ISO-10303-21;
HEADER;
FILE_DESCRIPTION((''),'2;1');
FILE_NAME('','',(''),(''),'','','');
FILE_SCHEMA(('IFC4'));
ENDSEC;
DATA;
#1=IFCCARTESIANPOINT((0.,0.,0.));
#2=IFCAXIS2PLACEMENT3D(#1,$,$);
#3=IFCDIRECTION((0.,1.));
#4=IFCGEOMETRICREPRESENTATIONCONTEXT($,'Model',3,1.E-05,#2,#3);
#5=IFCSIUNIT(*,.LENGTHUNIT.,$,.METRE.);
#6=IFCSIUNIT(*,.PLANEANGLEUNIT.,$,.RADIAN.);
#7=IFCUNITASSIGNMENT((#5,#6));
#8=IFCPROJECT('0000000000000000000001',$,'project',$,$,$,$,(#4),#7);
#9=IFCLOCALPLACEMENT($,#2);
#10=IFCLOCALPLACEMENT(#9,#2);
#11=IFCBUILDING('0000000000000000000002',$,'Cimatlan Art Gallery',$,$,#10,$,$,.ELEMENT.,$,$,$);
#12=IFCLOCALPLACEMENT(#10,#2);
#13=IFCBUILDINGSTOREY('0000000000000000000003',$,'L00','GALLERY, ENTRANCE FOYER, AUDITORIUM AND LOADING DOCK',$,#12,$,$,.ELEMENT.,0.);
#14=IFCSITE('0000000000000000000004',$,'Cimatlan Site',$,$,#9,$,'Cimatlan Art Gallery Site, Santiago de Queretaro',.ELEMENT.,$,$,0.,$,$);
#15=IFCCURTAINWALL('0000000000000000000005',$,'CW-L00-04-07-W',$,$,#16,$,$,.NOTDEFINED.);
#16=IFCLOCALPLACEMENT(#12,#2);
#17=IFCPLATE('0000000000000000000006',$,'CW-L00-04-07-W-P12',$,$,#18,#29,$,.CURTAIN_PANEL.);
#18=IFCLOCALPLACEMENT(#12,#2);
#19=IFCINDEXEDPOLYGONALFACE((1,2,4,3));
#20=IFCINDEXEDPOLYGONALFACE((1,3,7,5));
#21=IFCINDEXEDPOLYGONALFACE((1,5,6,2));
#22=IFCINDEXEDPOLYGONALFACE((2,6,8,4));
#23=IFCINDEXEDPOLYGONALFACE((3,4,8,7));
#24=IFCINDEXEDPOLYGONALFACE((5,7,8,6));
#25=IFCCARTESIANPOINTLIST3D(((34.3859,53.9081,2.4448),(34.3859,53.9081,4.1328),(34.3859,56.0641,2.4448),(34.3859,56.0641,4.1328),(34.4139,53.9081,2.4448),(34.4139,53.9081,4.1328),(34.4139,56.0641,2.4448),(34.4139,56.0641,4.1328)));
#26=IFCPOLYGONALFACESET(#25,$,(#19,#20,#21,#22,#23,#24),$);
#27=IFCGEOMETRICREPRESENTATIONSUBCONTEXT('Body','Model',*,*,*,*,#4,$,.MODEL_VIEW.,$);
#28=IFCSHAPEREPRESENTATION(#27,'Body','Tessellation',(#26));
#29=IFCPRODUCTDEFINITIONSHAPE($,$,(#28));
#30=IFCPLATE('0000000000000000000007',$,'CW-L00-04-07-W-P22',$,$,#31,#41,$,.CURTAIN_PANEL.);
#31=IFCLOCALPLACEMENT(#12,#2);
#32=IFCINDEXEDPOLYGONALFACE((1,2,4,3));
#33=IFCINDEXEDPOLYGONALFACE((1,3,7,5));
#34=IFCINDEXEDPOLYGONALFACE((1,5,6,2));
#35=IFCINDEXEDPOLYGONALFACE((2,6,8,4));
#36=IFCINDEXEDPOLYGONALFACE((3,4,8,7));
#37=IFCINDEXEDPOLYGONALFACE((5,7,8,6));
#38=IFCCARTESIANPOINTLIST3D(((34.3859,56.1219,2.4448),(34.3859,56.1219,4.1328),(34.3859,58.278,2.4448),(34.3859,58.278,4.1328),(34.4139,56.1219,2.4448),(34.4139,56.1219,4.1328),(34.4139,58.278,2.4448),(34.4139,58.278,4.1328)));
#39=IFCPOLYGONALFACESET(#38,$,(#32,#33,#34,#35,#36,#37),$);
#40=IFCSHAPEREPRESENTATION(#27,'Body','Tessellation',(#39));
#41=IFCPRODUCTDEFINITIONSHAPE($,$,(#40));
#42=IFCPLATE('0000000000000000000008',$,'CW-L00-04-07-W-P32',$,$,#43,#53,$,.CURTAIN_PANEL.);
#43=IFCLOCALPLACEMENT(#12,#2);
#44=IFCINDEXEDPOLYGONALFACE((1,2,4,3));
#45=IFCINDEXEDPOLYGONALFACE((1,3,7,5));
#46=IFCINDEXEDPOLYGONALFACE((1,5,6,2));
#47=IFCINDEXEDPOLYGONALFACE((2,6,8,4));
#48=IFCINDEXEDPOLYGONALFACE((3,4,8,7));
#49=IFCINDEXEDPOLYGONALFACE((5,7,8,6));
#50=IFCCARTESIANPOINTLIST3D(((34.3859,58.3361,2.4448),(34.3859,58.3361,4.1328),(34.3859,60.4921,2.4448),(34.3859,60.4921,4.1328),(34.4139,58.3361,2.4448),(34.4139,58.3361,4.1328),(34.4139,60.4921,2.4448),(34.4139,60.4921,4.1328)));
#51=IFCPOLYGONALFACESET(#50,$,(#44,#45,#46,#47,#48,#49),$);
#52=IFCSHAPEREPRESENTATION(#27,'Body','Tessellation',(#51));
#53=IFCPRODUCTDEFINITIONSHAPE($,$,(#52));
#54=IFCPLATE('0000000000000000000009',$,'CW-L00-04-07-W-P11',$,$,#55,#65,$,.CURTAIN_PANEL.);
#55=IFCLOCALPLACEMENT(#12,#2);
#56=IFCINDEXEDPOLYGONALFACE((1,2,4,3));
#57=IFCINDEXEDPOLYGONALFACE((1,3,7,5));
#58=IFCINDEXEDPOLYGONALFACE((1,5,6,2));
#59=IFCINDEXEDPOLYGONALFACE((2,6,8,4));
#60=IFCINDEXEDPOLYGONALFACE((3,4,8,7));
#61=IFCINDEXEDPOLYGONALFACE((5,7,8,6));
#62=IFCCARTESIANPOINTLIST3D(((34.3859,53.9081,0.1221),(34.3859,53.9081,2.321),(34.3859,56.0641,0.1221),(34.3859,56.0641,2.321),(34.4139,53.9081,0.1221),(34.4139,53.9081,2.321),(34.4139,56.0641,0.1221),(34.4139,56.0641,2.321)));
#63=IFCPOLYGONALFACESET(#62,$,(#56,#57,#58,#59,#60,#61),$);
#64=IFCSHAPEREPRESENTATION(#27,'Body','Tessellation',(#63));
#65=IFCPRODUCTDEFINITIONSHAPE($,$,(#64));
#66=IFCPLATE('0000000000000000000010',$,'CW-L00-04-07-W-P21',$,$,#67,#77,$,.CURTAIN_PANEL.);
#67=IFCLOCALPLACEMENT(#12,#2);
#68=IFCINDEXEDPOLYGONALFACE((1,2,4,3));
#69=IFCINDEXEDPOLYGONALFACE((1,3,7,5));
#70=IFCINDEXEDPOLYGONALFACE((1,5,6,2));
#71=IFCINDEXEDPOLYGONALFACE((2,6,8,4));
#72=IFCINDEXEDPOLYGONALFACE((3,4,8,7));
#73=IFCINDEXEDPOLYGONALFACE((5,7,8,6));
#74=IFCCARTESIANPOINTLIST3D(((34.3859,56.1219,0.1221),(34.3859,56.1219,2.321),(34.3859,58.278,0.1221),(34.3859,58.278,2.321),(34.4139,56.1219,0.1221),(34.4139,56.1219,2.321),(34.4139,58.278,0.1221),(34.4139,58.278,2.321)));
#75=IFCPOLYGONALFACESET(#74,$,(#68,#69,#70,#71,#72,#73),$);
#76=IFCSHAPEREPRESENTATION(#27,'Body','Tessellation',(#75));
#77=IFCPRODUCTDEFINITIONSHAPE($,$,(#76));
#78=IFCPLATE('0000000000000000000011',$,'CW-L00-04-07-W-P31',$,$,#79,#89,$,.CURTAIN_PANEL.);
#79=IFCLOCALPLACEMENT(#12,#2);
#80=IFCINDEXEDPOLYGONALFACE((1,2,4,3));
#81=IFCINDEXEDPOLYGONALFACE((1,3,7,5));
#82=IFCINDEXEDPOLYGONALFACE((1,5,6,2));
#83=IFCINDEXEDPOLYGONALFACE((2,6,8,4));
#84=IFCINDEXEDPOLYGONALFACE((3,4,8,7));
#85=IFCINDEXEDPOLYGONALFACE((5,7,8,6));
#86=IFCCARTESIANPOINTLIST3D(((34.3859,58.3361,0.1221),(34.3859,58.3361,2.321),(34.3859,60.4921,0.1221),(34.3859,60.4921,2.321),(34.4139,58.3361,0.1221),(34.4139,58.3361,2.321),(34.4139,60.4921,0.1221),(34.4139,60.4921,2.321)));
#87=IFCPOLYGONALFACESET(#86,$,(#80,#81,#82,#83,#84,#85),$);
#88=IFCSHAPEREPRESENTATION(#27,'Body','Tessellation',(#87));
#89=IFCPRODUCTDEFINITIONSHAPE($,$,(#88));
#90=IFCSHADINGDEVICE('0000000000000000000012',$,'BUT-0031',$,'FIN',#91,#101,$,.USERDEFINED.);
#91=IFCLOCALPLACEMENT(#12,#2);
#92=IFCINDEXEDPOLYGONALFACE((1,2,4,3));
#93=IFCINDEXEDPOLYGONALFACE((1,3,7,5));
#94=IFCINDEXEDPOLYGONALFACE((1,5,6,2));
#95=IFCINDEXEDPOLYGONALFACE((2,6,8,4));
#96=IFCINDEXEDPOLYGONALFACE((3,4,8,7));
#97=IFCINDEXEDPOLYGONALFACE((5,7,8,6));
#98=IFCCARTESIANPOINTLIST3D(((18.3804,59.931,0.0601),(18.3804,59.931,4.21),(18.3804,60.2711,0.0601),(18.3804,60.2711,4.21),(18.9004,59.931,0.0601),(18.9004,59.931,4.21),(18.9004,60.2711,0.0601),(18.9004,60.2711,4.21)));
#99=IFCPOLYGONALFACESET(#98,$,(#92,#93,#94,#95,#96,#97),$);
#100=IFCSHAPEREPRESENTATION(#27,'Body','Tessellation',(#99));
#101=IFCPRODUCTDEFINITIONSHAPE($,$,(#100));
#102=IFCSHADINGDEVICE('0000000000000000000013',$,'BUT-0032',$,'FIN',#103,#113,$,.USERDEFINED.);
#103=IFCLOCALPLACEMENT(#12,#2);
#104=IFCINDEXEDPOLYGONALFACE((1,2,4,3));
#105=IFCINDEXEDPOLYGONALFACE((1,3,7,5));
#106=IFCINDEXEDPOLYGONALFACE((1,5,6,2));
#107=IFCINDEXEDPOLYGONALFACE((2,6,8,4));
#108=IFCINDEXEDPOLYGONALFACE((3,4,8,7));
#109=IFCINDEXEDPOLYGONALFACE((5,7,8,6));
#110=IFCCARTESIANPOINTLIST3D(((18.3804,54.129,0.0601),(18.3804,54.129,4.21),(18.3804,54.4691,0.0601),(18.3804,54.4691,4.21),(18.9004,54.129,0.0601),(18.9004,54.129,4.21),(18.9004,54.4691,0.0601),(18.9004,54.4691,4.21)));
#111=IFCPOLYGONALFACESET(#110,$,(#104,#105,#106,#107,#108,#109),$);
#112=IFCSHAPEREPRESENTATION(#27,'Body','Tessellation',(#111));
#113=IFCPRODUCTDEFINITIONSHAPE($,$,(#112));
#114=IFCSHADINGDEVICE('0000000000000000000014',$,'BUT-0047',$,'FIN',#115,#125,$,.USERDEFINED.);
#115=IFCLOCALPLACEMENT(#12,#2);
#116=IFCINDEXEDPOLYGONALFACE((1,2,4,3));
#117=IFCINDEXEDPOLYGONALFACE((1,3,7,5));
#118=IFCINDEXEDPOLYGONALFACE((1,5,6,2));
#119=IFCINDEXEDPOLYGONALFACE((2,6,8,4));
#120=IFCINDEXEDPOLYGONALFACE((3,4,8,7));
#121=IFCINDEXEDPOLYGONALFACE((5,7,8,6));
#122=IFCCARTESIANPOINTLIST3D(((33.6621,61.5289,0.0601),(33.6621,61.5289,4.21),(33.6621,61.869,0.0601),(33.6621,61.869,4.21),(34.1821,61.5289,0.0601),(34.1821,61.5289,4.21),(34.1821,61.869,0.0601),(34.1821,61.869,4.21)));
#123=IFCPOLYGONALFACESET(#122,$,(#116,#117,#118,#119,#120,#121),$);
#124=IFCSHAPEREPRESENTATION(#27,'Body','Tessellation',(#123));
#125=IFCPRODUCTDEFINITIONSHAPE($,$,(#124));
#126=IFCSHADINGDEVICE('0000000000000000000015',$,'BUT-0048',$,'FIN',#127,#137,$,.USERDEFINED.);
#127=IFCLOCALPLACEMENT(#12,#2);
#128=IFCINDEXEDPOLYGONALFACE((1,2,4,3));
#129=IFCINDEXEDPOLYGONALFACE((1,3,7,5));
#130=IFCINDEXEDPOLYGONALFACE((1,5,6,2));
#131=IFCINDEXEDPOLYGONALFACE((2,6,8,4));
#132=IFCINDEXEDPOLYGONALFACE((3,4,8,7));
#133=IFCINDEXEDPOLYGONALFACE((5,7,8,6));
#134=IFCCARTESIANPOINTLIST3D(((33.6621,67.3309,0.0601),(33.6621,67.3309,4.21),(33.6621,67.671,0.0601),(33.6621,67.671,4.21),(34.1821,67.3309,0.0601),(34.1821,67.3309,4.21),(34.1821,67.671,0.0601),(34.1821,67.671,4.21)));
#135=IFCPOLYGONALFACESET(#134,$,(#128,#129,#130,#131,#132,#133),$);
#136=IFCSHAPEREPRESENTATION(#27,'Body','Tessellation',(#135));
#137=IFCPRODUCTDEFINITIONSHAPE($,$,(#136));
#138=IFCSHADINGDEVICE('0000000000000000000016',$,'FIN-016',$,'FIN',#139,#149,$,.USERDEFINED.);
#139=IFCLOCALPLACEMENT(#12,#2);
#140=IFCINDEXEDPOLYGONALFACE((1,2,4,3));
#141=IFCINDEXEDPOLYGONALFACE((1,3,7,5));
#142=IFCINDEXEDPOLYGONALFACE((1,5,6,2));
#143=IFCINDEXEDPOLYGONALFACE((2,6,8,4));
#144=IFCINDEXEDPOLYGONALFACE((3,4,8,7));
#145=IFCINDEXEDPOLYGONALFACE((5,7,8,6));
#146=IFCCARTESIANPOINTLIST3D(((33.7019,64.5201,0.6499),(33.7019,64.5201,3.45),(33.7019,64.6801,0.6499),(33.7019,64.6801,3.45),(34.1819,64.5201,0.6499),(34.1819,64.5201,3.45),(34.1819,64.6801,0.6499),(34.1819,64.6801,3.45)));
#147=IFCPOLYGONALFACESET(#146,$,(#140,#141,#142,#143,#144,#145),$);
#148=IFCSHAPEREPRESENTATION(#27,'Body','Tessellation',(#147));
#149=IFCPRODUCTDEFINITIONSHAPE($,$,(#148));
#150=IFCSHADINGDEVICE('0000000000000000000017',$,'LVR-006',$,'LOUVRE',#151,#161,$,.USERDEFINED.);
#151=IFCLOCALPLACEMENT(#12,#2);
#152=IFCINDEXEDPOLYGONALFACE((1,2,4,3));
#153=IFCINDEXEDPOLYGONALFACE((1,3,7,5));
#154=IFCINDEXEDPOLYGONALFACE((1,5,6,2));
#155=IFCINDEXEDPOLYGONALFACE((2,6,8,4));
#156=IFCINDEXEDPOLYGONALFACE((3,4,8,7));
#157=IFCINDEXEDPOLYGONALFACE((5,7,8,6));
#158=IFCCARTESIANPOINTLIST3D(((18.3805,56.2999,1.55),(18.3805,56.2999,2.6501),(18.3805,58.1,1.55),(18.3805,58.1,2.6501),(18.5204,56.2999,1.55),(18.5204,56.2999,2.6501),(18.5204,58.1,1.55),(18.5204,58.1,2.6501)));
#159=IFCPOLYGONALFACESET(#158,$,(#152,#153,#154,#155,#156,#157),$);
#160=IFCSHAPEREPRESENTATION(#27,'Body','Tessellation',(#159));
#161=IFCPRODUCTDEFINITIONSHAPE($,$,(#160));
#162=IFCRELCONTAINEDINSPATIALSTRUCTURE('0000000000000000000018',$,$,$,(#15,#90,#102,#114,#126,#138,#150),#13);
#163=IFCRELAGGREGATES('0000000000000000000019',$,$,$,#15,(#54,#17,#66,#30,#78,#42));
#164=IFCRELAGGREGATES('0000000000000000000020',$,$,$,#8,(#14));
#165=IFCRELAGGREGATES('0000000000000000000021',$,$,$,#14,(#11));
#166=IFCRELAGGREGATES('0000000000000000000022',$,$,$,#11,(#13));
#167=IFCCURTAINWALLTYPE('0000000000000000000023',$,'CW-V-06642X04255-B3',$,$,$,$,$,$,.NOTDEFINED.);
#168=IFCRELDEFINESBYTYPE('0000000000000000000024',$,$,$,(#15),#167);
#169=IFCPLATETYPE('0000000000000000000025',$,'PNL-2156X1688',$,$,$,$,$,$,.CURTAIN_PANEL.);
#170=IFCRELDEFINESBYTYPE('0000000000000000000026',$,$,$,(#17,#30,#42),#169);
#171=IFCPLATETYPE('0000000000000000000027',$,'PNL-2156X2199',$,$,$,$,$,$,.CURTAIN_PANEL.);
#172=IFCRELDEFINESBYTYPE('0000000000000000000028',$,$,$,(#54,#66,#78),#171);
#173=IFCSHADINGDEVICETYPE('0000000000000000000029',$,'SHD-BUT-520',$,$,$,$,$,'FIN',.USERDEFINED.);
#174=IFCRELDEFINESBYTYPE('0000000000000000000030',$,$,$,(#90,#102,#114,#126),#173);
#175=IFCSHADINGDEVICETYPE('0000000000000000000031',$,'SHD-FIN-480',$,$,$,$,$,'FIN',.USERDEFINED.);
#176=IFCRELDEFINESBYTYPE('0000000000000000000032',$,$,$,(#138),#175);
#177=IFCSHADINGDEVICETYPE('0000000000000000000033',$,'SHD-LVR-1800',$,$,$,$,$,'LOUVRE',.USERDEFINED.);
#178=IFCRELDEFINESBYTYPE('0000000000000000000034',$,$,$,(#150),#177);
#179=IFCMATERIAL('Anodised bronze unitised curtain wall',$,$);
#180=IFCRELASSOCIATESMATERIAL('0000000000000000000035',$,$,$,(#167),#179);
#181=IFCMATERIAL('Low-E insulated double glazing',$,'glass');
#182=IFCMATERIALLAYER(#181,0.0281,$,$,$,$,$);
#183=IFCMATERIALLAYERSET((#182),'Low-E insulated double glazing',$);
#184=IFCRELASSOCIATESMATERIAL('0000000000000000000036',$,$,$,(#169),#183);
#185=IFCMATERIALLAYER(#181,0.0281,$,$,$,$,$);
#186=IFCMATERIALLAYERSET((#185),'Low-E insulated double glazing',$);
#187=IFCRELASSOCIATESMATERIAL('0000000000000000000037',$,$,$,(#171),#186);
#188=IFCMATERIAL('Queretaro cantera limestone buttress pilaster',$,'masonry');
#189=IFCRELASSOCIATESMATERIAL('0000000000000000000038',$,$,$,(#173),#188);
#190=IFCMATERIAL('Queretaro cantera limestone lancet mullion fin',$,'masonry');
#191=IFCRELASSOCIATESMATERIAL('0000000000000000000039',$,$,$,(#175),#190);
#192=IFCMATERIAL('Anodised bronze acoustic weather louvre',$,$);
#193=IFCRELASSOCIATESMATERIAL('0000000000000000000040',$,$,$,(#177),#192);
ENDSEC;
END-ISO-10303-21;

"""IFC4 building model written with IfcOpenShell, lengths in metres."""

from ifc_helpers import new_model, si_unit, direction, frame, origin, origin_2d, place, context, subcontext, project, spatial, rectangle, extrude, material, layer, layer_set, type_object, element, aggregate, save


model = new_model("IFC4")

# Units and contexts
model_context = context("Model", 3, precision=1e-05, world=origin(), true_north=direction((0.0, 1.0)))
body_context = subcontext(model_context, "Body", "Model", "MODEL_VIEW")
ifc_project = project(units=[si_unit("LENGTHUNIT", "METRE"), si_unit("PLANEANGLEUNIT", "RADIAN")], contexts=[model_context])

# Site, building, storey
site_placement = place(None, origin())
site = spatial("IfcSite", under=ifc_project, at=site_placement, Name="Cimatlan Site", LongName="Cimatlan Art Gallery Site, Santiago de Queretaro", CompositionType="ELEMENT", RefElevation=0.0)
building_placement = place(site_placement, origin())
building = spatial("IfcBuilding", under=site, at=building_placement, Name="Cimatlan Art Gallery", CompositionType="ELEMENT")
storey_placement = place(building_placement, origin())
storey = spatial("IfcBuildingStorey", under=building, at=storey_placement, Name="L00", Description="GALLERY, ENTRANCE FOYER, AUDITORIUM AND LOADING DOCK", CompositionType="ELEMENT", Elevation=0.0)

# Curtain wall, plates
ifc_material_1 = material(Name="Anodised bronze unitised curtain wall")
curtain_wall_type = type_object("IfcCurtainWallType", Name="CW-V-06642X04255-B3", PredefinedType="NOTDEFINED", material=ifc_material_1)
curtain_wall_placement = place(storey_placement, origin())
curtain_wall = element("IfcCurtainWall", 1, at=curtain_wall_placement, inside=storey, type_object=curtain_wall_type, Name="CW-L00-04-07-W", PredefinedType="NOTDEFINED")
ifc_material_2 = material(Name="Low-E insulated double glazing", Category="glass")
ifc_layer_1 = layer(ifc_material_2, 0.0281)
ifc_layer_set_1 = layer_set([ifc_layer_1], Name="Low-E insulated double glazing")
plate_type_1 = type_object("IfcPlateType", Name="PNL-2156X1688", PredefinedType="CURTAIN_PANEL", material=ifc_layer_set_1)
plate_1_placement = place(storey_placement, frame((34.3999, 54.9861, 2.4448), z_axis=(0.0, 0.0, 1.0), x_axis=(0.0, 1.0, 0.0)))
plate_1 = element("IfcPlate", 2, at=plate_1_placement, type_object=plate_type_1, Name="CW-L00-04-07-W-P12", PredefinedType="CURTAIN_PANEL", context=body_context, shape_type="SweptSolid", body=[
    extrude(rectangle(XDim=2.156, YDim=0.0281, at=origin_2d()), origin(), (0.0, 0.0, 1.0), 1.688),
])
plate_2_placement = place(storey_placement, frame((34.3999, 57.2, 2.4448), z_axis=(0.0, 0.0, 1.0), x_axis=(0.0, 1.0, 0.0)))
plate_2 = element("IfcPlate", 3, at=plate_2_placement, type_object=plate_type_1, Name="CW-L00-04-07-W-P22", PredefinedType="CURTAIN_PANEL", context=body_context, shape_type="SweptSolid", body=[
    extrude(rectangle(XDim=2.156, YDim=0.0281, at=origin_2d()), origin(), (0.0, 0.0, 1.0), 1.688),
])
plate_3_placement = place(storey_placement, frame((34.3999, 59.4141, 2.4448), z_axis=(0.0, 0.0, 1.0), x_axis=(0.0, 1.0, 0.0)))
plate_3 = element("IfcPlate", 4, at=plate_3_placement, type_object=plate_type_1, Name="CW-L00-04-07-W-P32", PredefinedType="CURTAIN_PANEL", context=body_context, shape_type="SweptSolid", body=[
    extrude(rectangle(XDim=2.156, YDim=0.0281, at=origin_2d()), origin(), (0.0, 0.0, 1.0), 1.688),
])
ifc_layer_2 = layer(ifc_material_2, 0.0281)
ifc_layer_set_2 = layer_set([ifc_layer_2], Name="Low-E insulated double glazing")
plate_type_2 = type_object("IfcPlateType", Name="PNL-2156X2199", PredefinedType="CURTAIN_PANEL", material=ifc_layer_set_2)
plate_4_placement = place(storey_placement, frame((34.3999, 54.9861, 0.1221), z_axis=(0.0, 0.0, 1.0), x_axis=(0.0, 1.0, 0.0)))
plate_4 = element("IfcPlate", 5, at=plate_4_placement, type_object=plate_type_2, Name="CW-L00-04-07-W-P11", PredefinedType="CURTAIN_PANEL", context=body_context, shape_type="SweptSolid", body=[
    extrude(rectangle(XDim=2.156, YDim=0.0281, at=origin_2d()), origin(), (0.0, 0.0, 1.0), 2.199),
])
plate_5_placement = place(storey_placement, frame((34.3999, 57.2, 0.1221), z_axis=(0.0, 0.0, 1.0), x_axis=(0.0, 1.0, 0.0)))
plate_5 = element("IfcPlate", 6, at=plate_5_placement, type_object=plate_type_2, Name="CW-L00-04-07-W-P21", PredefinedType="CURTAIN_PANEL", context=body_context, shape_type="SweptSolid", body=[
    extrude(rectangle(XDim=2.156, YDim=0.0281, at=origin_2d()), origin(), (0.0, 0.0, 1.0), 2.199),
])
plate_6_placement = place(storey_placement, frame((34.3999, 59.4141, 0.1221), z_axis=(0.0, 0.0, 1.0), x_axis=(0.0, 1.0, 0.0)))
plate_6 = element("IfcPlate", 7, at=plate_6_placement, type_object=plate_type_2, Name="CW-L00-04-07-W-P31", PredefinedType="CURTAIN_PANEL", context=body_context, shape_type="SweptSolid", body=[
    extrude(rectangle(XDim=2.156, YDim=0.0281, at=origin_2d()), origin(), (0.0, 0.0, 1.0), 2.199),
])
aggregate(curtain_wall, [plate_4, plate_1, plate_5, plate_2, plate_6, plate_3])

# Shading devices
ifc_material_3 = material(Name="Queretaro cantera limestone buttress pilaster", Category="masonry")
shading_device_type_1 = type_object("IfcShadingDeviceType", Name="SHD-BUT-520", ElementType="FIN", PredefinedType="USERDEFINED", material=ifc_material_3)
for number, where, z_axis, x_axis, name in (
    (8, (18.6404, 60.1011, 0.0601), (0.0, 0.0, 1.0), (0.0, -1.0, 0.0), "BUT-0031"),
    (9, (18.6404, 54.2991, 0.0601), (0.0, 0.0, 1.0), (0.0, -1.0, 0.0), "BUT-0032"),
    (10, (33.9221, 61.699, 0.0601), (0.0, 0.0, 1.0), (0.0, 1.0, 0.0), "BUT-0047"),
    (11, (33.9221, 67.501, 0.0601), (0.0, 0.0, 1.0), (0.0, 1.0, 0.0), "BUT-0048"),
):
    element("IfcShadingDevice", number, at=place(storey_placement, frame(where, z_axis=z_axis, x_axis=x_axis)), inside=storey, type_object=shading_device_type_1, Name=name, ObjectType="FIN", PredefinedType="USERDEFINED", context=body_context, shape_type="SweptSolid", body=[
        extrude(rectangle(XDim=0.3401, YDim=0.52, at=origin_2d()), origin(), (0.0, 0.0, 1.0), 4.1499),
    ])
ifc_material_4 = material(Name="Queretaro cantera limestone lancet mullion fin", Category="masonry")
shading_device_type_2 = type_object("IfcShadingDeviceType", Name="SHD-FIN-480", ElementType="FIN", PredefinedType="USERDEFINED", material=ifc_material_4)
shading_device_1_placement = place(storey_placement, frame((33.9419, 64.6001, 0.6499), z_axis=(0.0, 0.0, 1.0), x_axis=(0.0, 1.0, 0.0)))
element("IfcShadingDevice", 12, at=shading_device_1_placement, inside=storey, type_object=shading_device_type_2, Name="FIN-016", ObjectType="FIN", PredefinedType="USERDEFINED", context=body_context, shape_type="SweptSolid", body=[
    extrude(rectangle(XDim=0.1599, YDim=0.48, at=origin_2d()), origin(), (0.0, 0.0, 1.0), 2.8),
])
ifc_material_5 = material(Name="Anodised bronze acoustic weather louvre")
shading_device_type_3 = type_object("IfcShadingDeviceType", Name="SHD-LVR-1800", ElementType="LOUVRE", PredefinedType="USERDEFINED", material=ifc_material_5)
shading_device_2_placement = place(storey_placement, frame((18.4504, 57.2, 1.55), z_axis=(0.0, 0.0, 1.0), x_axis=(0.0, -1.0, 0.0)))
element("IfcShadingDevice", 13, at=shading_device_2_placement, inside=storey, type_object=shading_device_type_3, Name="LVR-006", ObjectType="LOUVRE", PredefinedType="USERDEFINED", context=body_context, shape_type="SweptSolid", body=[
    extrude(rectangle(XDim=1.8, YDim=0.1399, at=origin_2d()), origin(), (0.0, 0.0, 1.0), 1.1001),
])

save(model, "model.ifc")
